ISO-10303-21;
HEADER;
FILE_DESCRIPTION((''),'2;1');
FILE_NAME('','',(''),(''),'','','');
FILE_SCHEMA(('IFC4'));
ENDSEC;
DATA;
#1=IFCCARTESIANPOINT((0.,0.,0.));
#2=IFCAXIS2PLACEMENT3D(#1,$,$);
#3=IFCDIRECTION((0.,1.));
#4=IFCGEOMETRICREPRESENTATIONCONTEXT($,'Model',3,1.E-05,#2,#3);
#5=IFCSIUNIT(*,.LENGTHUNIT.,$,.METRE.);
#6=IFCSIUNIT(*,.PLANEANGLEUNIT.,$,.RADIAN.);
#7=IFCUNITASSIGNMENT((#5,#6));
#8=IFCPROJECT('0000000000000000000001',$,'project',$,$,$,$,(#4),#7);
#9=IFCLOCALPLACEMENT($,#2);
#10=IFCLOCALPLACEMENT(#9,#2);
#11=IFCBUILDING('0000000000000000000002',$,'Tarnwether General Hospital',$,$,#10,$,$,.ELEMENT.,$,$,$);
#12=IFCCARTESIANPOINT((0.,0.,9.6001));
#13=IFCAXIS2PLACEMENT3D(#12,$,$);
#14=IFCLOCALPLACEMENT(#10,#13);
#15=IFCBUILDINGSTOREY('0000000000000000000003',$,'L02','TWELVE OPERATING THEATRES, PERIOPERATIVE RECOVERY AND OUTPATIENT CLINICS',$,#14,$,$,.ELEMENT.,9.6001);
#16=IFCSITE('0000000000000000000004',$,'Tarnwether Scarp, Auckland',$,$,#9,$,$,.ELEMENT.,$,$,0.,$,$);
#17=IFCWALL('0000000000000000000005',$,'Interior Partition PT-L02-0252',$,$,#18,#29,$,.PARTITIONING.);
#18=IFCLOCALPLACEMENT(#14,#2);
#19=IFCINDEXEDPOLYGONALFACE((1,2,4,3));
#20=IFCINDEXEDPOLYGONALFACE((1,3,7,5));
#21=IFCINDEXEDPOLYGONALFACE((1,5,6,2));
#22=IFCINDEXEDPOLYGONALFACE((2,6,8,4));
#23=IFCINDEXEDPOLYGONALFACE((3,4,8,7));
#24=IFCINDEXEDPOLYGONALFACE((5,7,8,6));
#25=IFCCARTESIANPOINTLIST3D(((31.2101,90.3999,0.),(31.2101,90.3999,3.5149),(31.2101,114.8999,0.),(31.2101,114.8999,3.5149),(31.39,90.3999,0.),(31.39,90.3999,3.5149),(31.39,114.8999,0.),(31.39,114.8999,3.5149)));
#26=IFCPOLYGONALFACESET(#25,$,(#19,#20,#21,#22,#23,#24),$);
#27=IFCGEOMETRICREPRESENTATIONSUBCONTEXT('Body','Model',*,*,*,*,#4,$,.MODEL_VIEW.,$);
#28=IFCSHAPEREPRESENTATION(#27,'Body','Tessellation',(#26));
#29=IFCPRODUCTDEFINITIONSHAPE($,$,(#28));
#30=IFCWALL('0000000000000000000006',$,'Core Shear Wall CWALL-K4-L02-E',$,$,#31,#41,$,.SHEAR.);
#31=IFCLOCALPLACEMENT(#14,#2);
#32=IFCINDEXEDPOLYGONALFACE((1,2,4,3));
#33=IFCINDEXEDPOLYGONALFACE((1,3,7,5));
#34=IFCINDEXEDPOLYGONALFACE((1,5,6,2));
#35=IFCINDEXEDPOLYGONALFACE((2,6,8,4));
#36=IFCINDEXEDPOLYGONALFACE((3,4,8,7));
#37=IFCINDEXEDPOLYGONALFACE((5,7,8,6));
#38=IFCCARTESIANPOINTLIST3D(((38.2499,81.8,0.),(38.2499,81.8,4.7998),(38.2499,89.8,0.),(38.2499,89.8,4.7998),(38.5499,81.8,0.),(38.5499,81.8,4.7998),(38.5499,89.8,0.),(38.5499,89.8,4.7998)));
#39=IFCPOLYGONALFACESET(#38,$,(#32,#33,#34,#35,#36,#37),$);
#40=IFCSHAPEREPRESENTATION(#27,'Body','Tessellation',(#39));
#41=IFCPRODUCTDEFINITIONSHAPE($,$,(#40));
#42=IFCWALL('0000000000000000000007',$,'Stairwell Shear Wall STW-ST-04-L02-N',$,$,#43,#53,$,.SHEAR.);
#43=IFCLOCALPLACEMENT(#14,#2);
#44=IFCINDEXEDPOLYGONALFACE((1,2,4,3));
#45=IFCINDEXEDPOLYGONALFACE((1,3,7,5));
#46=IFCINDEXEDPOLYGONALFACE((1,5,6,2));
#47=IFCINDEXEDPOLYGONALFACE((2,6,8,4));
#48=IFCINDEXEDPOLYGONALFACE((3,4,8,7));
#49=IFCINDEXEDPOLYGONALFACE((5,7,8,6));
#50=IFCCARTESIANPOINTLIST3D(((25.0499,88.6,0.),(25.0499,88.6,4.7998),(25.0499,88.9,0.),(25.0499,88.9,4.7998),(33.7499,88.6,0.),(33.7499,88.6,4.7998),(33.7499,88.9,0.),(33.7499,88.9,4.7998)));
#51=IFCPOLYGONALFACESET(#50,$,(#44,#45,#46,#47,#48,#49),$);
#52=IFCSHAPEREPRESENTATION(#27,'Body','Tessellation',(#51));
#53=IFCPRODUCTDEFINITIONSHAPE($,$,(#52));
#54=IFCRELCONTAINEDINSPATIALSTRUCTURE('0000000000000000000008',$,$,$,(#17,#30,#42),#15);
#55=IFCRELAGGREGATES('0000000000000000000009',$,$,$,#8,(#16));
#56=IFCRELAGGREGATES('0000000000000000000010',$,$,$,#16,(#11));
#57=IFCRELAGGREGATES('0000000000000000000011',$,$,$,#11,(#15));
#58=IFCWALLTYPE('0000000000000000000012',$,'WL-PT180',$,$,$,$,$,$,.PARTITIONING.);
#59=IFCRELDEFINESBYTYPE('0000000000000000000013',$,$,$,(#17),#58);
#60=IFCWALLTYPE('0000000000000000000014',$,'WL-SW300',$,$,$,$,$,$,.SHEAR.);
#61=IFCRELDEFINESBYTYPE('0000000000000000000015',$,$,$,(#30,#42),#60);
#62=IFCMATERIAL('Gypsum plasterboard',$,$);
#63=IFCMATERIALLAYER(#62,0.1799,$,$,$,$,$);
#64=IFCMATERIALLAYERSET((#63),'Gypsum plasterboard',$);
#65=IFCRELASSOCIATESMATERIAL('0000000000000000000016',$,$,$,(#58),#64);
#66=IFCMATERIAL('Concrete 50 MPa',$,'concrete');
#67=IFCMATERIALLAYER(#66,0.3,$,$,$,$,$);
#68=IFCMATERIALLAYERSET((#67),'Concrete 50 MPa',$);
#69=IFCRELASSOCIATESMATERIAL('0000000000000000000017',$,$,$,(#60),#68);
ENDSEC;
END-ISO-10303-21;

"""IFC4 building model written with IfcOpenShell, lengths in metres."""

from ifc_helpers import new_model, si_unit, direction, frame, frame_2d, origin, place, context, subcontext, project, spatial, rectangle, extrude, material, layer, layer_set, type_object, element, save


model = new_model("IFC4")

# Units and contexts
model_context = context("Model", 3, precision=1e-05, world=origin(), true_north=direction((0.0, 1.0)))
body_context = subcontext(model_context, "Body", "Model", "MODEL_VIEW")
ifc_project = project(units=[si_unit("LENGTHUNIT", "METRE"), si_unit("PLANEANGLEUNIT", "RADIAN")], contexts=[model_context])

# Site, building, storey
site_placement = place(None, origin())
site = spatial("IfcSite", under=ifc_project, at=site_placement, Name="Tarnwether Scarp, Auckland", CompositionType="ELEMENT", RefElevation=0.0)
building_placement = place(site_placement, origin())
building = spatial("IfcBuilding", under=site, at=building_placement, Name="Tarnwether General Hospital", CompositionType="ELEMENT")
storey_placement = place(building_placement, frame((0.0, 0.0, 9.6001)))
storey = spatial("IfcBuildingStorey", under=building, at=storey_placement, Name="L02", Description="TWELVE OPERATING THEATRES, PERIOPERATIVE RECOVERY AND OUTPATIENT CLINICS", CompositionType="ELEMENT", Elevation=9.6001)

# Walls
ifc_material_1 = material(Name="Gypsum plasterboard")
ifc_layer_1 = layer(ifc_material_1, 0.1799)
ifc_layer_set_1 = layer_set([ifc_layer_1], Name="Gypsum plasterboard")
wall_type_1 = type_object("IfcWallType", Name="WL-PT180", PredefinedType="PARTITIONING", material=ifc_layer_set_1)
wall_1_placement = place(storey_placement, frame((31.3, 90.3999, 0.0), z_axis=(0.0, 0.0, 1.0), x_axis=(0.0, 1.0, 0.0)))
element("IfcWall", 1, at=wall_1_placement, inside=storey, type_object=wall_type_1, Name="Interior Partition PT-L02-0252", PredefinedType="PARTITIONING", context=body_context, shape_type="SweptSolid", body=[
    extrude(rectangle(XDim=24.5, YDim=0.1799, at=frame_2d((12.25, 0.0))), origin(), (0.0, 0.0, 1.0), 3.5149),
])
ifc_material_2 = material(Name="Concrete 50 MPa", Category="concrete")
ifc_layer_2 = layer(ifc_material_2, 0.3)
ifc_layer_set_2 = layer_set([ifc_layer_2], Name="Concrete 50 MPa")
wall_type_2 = type_object("IfcWallType", Name="WL-SW300", PredefinedType="SHEAR", material=ifc_layer_set_2)
wall_2_placement = place(storey_placement, frame((38.3999, 89.8, 0.0), z_axis=(0.0, 0.0, 1.0), x_axis=(0.0, -1.0, 0.0)))
element("IfcWall", 2, at=wall_2_placement, inside=storey, type_object=wall_type_2, Name="Core Shear Wall CWALL-K4-L02-E", PredefinedType="SHEAR", context=body_context, shape_type="SweptSolid", body=[
    extrude(rectangle(XDim=8.0, YDim=0.3, at=frame_2d((4.0, 0.0))), origin(), (0.0, 0.0, 1.0), 4.7998),
])
wall_3_placement = place(storey_placement, frame((33.75, 88.75, 0.0), z_axis=(0.0, 0.0, 1.0), x_axis=(-1.0, 0.0, 0.0)))
element("IfcWall", 3, at=wall_3_placement, inside=storey, type_object=wall_type_2, Name="Stairwell Shear Wall STW-ST-04-L02-N", PredefinedType="SHEAR", context=body_context, shape_type="SweptSolid", body=[
    extrude(rectangle(XDim=8.7, YDim=0.3, at=frame_2d((4.3501, 0.0))), origin(), (0.0, 0.0, 1.0), 4.7998),
])

save(model, "model.ifc")
